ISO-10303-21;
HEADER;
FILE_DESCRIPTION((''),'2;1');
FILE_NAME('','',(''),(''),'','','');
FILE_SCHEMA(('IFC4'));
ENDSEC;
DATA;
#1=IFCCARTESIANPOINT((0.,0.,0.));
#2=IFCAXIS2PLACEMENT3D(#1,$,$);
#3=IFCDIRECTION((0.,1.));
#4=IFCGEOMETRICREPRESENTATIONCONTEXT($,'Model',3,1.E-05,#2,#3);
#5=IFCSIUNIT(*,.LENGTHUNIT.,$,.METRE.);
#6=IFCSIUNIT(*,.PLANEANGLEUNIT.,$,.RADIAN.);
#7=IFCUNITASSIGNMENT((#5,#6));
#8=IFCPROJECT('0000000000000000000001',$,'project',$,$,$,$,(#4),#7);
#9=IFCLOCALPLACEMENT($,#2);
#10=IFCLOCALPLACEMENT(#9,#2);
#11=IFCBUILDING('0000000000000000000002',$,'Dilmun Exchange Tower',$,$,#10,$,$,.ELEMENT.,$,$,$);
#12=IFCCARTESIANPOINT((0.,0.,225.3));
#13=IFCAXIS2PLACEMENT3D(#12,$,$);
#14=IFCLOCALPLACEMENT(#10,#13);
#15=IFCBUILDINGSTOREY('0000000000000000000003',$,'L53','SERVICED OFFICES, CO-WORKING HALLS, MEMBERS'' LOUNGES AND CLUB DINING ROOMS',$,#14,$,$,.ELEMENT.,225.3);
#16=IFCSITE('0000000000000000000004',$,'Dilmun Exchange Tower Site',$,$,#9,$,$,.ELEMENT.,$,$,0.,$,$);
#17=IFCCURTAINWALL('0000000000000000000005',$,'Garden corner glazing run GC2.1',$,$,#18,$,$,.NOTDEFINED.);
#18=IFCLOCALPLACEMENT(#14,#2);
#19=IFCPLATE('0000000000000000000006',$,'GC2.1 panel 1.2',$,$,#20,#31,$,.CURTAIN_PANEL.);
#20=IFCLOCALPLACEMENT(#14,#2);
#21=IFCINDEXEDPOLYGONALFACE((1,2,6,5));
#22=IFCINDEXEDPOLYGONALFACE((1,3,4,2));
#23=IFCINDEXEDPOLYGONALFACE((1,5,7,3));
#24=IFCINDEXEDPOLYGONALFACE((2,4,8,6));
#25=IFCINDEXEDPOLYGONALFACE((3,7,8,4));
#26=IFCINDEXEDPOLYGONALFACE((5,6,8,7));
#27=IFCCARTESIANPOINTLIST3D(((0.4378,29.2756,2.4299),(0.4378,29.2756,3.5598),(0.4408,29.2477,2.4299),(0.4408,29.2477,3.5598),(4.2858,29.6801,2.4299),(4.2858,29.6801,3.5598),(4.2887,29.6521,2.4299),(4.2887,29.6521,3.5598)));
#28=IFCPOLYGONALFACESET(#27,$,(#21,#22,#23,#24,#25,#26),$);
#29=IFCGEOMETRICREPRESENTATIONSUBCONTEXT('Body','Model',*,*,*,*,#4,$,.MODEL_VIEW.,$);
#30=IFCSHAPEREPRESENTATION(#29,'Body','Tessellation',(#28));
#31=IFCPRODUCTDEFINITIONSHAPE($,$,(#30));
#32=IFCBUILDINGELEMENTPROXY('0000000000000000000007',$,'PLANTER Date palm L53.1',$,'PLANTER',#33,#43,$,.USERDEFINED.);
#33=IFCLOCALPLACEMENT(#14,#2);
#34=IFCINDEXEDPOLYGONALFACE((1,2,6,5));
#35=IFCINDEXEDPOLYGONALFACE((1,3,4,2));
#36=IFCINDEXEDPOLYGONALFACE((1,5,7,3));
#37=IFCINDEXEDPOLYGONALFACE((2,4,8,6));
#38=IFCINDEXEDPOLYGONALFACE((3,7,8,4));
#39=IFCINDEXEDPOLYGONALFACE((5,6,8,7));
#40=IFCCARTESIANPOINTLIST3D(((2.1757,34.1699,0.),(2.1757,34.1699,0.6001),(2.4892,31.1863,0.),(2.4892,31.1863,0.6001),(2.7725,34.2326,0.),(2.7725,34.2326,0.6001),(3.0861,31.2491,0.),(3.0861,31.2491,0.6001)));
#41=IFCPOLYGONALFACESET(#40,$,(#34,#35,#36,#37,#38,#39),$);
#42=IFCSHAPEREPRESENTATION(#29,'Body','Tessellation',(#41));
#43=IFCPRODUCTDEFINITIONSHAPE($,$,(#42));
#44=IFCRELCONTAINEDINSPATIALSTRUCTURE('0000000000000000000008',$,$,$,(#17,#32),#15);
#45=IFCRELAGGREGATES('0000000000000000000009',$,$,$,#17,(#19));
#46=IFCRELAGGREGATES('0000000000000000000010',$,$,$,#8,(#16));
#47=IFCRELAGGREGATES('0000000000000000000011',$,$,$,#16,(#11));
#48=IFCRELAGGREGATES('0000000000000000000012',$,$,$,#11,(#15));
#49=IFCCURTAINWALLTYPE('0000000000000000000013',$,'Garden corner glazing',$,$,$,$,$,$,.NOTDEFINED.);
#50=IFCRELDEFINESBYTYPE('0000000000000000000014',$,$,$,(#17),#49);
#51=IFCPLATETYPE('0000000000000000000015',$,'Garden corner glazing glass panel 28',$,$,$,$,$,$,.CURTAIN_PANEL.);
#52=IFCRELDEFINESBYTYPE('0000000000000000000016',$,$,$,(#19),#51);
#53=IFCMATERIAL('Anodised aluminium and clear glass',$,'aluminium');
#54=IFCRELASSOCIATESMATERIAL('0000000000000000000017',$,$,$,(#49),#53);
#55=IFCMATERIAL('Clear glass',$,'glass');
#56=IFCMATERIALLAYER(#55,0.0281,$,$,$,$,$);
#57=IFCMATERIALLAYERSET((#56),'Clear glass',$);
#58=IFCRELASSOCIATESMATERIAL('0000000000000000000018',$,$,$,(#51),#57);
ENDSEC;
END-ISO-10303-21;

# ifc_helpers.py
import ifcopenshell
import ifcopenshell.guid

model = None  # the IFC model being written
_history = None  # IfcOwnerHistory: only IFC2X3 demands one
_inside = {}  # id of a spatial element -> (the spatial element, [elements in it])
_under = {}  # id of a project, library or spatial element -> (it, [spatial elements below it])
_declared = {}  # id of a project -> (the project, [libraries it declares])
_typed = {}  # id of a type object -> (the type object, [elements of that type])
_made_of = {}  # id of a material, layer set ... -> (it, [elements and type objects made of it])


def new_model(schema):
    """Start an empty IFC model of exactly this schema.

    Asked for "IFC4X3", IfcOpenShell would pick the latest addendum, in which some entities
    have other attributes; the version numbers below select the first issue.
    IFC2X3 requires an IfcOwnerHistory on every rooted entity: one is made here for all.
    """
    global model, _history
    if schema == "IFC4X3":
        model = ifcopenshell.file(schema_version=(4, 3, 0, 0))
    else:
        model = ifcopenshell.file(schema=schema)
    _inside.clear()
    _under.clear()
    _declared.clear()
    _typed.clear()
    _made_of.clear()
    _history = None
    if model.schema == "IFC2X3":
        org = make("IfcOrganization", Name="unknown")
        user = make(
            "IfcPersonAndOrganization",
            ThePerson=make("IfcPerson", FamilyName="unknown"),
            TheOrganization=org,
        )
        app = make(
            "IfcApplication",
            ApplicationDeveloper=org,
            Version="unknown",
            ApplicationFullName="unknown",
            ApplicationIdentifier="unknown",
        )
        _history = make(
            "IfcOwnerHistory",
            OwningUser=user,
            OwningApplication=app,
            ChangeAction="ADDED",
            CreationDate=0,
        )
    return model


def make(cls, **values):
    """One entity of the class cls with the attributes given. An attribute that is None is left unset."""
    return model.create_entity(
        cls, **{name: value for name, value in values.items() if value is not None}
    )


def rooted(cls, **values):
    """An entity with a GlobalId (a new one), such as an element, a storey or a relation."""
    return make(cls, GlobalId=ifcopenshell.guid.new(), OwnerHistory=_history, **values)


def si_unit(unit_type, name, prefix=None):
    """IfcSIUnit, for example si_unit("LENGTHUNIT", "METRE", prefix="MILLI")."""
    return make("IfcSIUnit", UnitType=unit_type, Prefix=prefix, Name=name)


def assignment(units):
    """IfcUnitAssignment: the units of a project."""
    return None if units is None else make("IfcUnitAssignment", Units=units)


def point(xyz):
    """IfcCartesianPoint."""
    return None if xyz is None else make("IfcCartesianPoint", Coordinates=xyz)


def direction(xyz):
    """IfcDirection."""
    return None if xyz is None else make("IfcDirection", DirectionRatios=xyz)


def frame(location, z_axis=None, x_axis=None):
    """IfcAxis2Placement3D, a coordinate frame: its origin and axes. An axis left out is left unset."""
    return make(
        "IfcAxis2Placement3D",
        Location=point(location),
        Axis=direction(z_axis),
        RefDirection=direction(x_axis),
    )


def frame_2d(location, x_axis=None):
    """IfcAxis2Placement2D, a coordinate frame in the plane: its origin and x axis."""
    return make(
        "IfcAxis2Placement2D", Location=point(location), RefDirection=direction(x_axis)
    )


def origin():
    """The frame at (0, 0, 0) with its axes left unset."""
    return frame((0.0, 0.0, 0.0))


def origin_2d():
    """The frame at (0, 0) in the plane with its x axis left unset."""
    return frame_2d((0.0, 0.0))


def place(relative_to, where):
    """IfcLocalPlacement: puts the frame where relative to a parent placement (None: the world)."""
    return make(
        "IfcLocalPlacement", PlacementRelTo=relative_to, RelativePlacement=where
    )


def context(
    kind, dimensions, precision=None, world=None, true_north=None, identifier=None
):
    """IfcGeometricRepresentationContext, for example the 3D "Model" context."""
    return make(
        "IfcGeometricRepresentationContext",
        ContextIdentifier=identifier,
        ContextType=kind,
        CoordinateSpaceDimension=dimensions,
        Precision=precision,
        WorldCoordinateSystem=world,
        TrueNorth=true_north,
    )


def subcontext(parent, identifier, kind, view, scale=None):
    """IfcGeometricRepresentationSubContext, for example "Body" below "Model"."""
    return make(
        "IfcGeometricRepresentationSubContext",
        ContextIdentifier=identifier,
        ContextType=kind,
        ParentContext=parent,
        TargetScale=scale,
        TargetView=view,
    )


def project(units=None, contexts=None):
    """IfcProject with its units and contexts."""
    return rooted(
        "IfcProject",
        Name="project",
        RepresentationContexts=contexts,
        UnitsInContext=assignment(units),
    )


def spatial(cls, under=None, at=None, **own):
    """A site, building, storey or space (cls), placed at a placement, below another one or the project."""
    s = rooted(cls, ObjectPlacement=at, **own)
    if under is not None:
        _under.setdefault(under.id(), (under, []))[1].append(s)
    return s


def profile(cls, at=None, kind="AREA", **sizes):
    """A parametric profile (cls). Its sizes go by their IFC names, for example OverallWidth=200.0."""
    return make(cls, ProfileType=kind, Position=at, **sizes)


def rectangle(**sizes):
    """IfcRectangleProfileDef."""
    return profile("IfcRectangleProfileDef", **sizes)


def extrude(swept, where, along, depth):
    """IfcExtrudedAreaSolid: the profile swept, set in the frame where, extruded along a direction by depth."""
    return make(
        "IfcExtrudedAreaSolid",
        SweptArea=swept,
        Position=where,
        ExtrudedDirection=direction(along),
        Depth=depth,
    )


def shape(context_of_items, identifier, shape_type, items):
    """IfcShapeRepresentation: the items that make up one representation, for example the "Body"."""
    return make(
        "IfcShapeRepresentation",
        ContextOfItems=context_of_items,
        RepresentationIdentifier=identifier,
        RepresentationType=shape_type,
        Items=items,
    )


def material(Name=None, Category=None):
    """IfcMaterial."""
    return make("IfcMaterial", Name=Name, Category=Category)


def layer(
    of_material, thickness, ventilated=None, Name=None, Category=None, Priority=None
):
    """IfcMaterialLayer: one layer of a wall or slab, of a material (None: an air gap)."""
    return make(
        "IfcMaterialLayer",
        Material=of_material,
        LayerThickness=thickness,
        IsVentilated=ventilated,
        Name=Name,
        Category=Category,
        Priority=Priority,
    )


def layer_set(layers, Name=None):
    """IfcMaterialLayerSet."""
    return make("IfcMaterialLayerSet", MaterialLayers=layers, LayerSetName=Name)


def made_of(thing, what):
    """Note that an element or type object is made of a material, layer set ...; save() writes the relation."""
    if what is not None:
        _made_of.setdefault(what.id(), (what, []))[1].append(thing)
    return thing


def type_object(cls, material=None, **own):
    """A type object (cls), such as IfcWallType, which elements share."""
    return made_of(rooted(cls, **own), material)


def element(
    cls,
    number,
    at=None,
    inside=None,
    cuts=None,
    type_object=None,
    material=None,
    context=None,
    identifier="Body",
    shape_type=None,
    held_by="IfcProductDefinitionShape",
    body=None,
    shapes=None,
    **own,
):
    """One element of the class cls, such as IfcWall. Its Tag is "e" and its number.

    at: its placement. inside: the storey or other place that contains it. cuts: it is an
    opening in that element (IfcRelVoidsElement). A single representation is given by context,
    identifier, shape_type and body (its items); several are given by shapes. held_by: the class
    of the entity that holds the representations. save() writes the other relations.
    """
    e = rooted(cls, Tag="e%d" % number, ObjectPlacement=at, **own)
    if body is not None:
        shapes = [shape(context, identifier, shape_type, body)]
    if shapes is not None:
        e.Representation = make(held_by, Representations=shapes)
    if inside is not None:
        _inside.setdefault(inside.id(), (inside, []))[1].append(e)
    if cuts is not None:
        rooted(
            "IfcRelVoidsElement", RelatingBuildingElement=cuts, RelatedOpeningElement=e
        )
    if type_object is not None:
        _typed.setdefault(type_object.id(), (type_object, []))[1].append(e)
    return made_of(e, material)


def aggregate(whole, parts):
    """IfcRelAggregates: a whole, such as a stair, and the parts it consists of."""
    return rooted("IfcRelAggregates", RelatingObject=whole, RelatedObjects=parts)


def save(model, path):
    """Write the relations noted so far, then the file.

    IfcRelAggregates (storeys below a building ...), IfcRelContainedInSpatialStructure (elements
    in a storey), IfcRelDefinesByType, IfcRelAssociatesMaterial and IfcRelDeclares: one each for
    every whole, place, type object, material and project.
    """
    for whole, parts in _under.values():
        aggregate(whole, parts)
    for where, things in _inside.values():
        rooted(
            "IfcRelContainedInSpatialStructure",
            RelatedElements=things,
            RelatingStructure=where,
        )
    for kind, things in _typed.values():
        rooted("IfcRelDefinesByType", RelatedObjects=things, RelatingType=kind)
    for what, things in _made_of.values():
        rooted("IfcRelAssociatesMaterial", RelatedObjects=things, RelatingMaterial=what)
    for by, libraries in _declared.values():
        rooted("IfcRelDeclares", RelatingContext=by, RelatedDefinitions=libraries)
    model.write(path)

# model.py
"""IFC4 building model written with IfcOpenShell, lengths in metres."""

from ifc_helpers import new_model, si_unit, direction, frame, origin, origin_2d, place, context, subcontext, project, spatial, rectangle, extrude, material, layer, layer_set, type_object, element, aggregate, save


model = new_model("IFC4")

# Units and contexts
model_context = context("Model", 3, precision=1e-05, world=origin(), true_north=direction((0.0, 1.0)))
body_context = subcontext(model_context, "Body", "Model", "MODEL_VIEW")
ifc_project = project(units=[si_unit("LENGTHUNIT", "METRE"), si_unit("PLANEANGLEUNIT", "RADIAN")], contexts=[model_context])

# Site, building, storey
site_placement = place(None, origin())
site = spatial("IfcSite", under=ifc_project, at=site_placement, Name="Dilmun Exchange Tower Site", CompositionType="ELEMENT", RefElevation=0.0)
building_placement = place(site_placement, origin())
building = spatial("IfcBuilding", under=site, at=building_placement, Name="Dilmun Exchange Tower", CompositionType="ELEMENT")
storey_placement = place(building_placement, frame((0.0, 0.0, 225.3)))
storey = spatial("IfcBuildingStorey", under=building, at=storey_placement, Name="L53", Description="SERVICED OFFICES, CO-WORKING HALLS, MEMBERS' LOUNGES AND CLUB DINING ROOMS", CompositionType="ELEMENT", Elevation=225.3)

# Shared definitions
ifc_material_1 = material(Name="Anodised aluminium and clear glass", Category="aluminium")
curtain_wall_type = type_object("IfcCurtainWallType", Name="Garden corner glazing", PredefinedType="NOTDEFINED", material=ifc_material_1)

# Curtain wall
curtain_wall_1_placement = place(storey_placement, origin())
curtain_wall_1 = element("IfcCurtainWall", 1, at=curtain_wall_1_placement, inside=storey, type_object=curtain_wall_type, Name="Garden corner glazing run GC2.1", PredefinedType="NOTDEFINED")

# Plate
ifc_material_2 = material(Name="Clear glass", Category="glass")
ifc_layer = layer(ifc_material_2, 0.0281)
ifc_layer_set = layer_set([ifc_layer], Name="Clear glass")
plate_type = type_object("IfcPlateType", Name="Garden corner glazing glass panel 28", PredefinedType="CURTAIN_PANEL", material=ifc_layer_set)
plate_1_placement = place(storey_placement, frame((2.3633, 29.4639, 2.4299), z_axis=(0.0, 0.0, 1.0), x_axis=(-0.994521, -0.104536, 0.0)))
plate_1 = element("IfcPlate", 2, at=plate_1_placement, type_object=plate_type, Name="GC2.1 panel 1.2", PredefinedType="CURTAIN_PANEL", context=body_context, shape_type="SweptSolid", body=[
    extrude(rectangle(XDim=3.8691, YDim=0.0281, at=origin_2d()), origin(), (0.0, 0.0, 1.0), 1.1299),
])
aggregate(curtain_wall_1, [plate_1])

# Building element proxy
proxy_placement = place(storey_placement, frame((2.6309, 32.7095, 0.0), z_axis=(0.0, 0.0, 1.0), x_axis=(-0.104528, 0.994522, 0.0)))
element("IfcBuildingElementProxy", 3, at=proxy_placement, inside=storey, Name="PLANTER Date palm L53.1", ObjectType="PLANTER", PredefinedType="USERDEFINED", context=body_context, shape_type="SweptSolid", body=[
    extrude(rectangle(XDim=3.0, YDim=0.6001, at=origin_2d()), origin(), (0.0, 0.0, 1.0), 0.6001),
])

save(model, "model.ifc")
